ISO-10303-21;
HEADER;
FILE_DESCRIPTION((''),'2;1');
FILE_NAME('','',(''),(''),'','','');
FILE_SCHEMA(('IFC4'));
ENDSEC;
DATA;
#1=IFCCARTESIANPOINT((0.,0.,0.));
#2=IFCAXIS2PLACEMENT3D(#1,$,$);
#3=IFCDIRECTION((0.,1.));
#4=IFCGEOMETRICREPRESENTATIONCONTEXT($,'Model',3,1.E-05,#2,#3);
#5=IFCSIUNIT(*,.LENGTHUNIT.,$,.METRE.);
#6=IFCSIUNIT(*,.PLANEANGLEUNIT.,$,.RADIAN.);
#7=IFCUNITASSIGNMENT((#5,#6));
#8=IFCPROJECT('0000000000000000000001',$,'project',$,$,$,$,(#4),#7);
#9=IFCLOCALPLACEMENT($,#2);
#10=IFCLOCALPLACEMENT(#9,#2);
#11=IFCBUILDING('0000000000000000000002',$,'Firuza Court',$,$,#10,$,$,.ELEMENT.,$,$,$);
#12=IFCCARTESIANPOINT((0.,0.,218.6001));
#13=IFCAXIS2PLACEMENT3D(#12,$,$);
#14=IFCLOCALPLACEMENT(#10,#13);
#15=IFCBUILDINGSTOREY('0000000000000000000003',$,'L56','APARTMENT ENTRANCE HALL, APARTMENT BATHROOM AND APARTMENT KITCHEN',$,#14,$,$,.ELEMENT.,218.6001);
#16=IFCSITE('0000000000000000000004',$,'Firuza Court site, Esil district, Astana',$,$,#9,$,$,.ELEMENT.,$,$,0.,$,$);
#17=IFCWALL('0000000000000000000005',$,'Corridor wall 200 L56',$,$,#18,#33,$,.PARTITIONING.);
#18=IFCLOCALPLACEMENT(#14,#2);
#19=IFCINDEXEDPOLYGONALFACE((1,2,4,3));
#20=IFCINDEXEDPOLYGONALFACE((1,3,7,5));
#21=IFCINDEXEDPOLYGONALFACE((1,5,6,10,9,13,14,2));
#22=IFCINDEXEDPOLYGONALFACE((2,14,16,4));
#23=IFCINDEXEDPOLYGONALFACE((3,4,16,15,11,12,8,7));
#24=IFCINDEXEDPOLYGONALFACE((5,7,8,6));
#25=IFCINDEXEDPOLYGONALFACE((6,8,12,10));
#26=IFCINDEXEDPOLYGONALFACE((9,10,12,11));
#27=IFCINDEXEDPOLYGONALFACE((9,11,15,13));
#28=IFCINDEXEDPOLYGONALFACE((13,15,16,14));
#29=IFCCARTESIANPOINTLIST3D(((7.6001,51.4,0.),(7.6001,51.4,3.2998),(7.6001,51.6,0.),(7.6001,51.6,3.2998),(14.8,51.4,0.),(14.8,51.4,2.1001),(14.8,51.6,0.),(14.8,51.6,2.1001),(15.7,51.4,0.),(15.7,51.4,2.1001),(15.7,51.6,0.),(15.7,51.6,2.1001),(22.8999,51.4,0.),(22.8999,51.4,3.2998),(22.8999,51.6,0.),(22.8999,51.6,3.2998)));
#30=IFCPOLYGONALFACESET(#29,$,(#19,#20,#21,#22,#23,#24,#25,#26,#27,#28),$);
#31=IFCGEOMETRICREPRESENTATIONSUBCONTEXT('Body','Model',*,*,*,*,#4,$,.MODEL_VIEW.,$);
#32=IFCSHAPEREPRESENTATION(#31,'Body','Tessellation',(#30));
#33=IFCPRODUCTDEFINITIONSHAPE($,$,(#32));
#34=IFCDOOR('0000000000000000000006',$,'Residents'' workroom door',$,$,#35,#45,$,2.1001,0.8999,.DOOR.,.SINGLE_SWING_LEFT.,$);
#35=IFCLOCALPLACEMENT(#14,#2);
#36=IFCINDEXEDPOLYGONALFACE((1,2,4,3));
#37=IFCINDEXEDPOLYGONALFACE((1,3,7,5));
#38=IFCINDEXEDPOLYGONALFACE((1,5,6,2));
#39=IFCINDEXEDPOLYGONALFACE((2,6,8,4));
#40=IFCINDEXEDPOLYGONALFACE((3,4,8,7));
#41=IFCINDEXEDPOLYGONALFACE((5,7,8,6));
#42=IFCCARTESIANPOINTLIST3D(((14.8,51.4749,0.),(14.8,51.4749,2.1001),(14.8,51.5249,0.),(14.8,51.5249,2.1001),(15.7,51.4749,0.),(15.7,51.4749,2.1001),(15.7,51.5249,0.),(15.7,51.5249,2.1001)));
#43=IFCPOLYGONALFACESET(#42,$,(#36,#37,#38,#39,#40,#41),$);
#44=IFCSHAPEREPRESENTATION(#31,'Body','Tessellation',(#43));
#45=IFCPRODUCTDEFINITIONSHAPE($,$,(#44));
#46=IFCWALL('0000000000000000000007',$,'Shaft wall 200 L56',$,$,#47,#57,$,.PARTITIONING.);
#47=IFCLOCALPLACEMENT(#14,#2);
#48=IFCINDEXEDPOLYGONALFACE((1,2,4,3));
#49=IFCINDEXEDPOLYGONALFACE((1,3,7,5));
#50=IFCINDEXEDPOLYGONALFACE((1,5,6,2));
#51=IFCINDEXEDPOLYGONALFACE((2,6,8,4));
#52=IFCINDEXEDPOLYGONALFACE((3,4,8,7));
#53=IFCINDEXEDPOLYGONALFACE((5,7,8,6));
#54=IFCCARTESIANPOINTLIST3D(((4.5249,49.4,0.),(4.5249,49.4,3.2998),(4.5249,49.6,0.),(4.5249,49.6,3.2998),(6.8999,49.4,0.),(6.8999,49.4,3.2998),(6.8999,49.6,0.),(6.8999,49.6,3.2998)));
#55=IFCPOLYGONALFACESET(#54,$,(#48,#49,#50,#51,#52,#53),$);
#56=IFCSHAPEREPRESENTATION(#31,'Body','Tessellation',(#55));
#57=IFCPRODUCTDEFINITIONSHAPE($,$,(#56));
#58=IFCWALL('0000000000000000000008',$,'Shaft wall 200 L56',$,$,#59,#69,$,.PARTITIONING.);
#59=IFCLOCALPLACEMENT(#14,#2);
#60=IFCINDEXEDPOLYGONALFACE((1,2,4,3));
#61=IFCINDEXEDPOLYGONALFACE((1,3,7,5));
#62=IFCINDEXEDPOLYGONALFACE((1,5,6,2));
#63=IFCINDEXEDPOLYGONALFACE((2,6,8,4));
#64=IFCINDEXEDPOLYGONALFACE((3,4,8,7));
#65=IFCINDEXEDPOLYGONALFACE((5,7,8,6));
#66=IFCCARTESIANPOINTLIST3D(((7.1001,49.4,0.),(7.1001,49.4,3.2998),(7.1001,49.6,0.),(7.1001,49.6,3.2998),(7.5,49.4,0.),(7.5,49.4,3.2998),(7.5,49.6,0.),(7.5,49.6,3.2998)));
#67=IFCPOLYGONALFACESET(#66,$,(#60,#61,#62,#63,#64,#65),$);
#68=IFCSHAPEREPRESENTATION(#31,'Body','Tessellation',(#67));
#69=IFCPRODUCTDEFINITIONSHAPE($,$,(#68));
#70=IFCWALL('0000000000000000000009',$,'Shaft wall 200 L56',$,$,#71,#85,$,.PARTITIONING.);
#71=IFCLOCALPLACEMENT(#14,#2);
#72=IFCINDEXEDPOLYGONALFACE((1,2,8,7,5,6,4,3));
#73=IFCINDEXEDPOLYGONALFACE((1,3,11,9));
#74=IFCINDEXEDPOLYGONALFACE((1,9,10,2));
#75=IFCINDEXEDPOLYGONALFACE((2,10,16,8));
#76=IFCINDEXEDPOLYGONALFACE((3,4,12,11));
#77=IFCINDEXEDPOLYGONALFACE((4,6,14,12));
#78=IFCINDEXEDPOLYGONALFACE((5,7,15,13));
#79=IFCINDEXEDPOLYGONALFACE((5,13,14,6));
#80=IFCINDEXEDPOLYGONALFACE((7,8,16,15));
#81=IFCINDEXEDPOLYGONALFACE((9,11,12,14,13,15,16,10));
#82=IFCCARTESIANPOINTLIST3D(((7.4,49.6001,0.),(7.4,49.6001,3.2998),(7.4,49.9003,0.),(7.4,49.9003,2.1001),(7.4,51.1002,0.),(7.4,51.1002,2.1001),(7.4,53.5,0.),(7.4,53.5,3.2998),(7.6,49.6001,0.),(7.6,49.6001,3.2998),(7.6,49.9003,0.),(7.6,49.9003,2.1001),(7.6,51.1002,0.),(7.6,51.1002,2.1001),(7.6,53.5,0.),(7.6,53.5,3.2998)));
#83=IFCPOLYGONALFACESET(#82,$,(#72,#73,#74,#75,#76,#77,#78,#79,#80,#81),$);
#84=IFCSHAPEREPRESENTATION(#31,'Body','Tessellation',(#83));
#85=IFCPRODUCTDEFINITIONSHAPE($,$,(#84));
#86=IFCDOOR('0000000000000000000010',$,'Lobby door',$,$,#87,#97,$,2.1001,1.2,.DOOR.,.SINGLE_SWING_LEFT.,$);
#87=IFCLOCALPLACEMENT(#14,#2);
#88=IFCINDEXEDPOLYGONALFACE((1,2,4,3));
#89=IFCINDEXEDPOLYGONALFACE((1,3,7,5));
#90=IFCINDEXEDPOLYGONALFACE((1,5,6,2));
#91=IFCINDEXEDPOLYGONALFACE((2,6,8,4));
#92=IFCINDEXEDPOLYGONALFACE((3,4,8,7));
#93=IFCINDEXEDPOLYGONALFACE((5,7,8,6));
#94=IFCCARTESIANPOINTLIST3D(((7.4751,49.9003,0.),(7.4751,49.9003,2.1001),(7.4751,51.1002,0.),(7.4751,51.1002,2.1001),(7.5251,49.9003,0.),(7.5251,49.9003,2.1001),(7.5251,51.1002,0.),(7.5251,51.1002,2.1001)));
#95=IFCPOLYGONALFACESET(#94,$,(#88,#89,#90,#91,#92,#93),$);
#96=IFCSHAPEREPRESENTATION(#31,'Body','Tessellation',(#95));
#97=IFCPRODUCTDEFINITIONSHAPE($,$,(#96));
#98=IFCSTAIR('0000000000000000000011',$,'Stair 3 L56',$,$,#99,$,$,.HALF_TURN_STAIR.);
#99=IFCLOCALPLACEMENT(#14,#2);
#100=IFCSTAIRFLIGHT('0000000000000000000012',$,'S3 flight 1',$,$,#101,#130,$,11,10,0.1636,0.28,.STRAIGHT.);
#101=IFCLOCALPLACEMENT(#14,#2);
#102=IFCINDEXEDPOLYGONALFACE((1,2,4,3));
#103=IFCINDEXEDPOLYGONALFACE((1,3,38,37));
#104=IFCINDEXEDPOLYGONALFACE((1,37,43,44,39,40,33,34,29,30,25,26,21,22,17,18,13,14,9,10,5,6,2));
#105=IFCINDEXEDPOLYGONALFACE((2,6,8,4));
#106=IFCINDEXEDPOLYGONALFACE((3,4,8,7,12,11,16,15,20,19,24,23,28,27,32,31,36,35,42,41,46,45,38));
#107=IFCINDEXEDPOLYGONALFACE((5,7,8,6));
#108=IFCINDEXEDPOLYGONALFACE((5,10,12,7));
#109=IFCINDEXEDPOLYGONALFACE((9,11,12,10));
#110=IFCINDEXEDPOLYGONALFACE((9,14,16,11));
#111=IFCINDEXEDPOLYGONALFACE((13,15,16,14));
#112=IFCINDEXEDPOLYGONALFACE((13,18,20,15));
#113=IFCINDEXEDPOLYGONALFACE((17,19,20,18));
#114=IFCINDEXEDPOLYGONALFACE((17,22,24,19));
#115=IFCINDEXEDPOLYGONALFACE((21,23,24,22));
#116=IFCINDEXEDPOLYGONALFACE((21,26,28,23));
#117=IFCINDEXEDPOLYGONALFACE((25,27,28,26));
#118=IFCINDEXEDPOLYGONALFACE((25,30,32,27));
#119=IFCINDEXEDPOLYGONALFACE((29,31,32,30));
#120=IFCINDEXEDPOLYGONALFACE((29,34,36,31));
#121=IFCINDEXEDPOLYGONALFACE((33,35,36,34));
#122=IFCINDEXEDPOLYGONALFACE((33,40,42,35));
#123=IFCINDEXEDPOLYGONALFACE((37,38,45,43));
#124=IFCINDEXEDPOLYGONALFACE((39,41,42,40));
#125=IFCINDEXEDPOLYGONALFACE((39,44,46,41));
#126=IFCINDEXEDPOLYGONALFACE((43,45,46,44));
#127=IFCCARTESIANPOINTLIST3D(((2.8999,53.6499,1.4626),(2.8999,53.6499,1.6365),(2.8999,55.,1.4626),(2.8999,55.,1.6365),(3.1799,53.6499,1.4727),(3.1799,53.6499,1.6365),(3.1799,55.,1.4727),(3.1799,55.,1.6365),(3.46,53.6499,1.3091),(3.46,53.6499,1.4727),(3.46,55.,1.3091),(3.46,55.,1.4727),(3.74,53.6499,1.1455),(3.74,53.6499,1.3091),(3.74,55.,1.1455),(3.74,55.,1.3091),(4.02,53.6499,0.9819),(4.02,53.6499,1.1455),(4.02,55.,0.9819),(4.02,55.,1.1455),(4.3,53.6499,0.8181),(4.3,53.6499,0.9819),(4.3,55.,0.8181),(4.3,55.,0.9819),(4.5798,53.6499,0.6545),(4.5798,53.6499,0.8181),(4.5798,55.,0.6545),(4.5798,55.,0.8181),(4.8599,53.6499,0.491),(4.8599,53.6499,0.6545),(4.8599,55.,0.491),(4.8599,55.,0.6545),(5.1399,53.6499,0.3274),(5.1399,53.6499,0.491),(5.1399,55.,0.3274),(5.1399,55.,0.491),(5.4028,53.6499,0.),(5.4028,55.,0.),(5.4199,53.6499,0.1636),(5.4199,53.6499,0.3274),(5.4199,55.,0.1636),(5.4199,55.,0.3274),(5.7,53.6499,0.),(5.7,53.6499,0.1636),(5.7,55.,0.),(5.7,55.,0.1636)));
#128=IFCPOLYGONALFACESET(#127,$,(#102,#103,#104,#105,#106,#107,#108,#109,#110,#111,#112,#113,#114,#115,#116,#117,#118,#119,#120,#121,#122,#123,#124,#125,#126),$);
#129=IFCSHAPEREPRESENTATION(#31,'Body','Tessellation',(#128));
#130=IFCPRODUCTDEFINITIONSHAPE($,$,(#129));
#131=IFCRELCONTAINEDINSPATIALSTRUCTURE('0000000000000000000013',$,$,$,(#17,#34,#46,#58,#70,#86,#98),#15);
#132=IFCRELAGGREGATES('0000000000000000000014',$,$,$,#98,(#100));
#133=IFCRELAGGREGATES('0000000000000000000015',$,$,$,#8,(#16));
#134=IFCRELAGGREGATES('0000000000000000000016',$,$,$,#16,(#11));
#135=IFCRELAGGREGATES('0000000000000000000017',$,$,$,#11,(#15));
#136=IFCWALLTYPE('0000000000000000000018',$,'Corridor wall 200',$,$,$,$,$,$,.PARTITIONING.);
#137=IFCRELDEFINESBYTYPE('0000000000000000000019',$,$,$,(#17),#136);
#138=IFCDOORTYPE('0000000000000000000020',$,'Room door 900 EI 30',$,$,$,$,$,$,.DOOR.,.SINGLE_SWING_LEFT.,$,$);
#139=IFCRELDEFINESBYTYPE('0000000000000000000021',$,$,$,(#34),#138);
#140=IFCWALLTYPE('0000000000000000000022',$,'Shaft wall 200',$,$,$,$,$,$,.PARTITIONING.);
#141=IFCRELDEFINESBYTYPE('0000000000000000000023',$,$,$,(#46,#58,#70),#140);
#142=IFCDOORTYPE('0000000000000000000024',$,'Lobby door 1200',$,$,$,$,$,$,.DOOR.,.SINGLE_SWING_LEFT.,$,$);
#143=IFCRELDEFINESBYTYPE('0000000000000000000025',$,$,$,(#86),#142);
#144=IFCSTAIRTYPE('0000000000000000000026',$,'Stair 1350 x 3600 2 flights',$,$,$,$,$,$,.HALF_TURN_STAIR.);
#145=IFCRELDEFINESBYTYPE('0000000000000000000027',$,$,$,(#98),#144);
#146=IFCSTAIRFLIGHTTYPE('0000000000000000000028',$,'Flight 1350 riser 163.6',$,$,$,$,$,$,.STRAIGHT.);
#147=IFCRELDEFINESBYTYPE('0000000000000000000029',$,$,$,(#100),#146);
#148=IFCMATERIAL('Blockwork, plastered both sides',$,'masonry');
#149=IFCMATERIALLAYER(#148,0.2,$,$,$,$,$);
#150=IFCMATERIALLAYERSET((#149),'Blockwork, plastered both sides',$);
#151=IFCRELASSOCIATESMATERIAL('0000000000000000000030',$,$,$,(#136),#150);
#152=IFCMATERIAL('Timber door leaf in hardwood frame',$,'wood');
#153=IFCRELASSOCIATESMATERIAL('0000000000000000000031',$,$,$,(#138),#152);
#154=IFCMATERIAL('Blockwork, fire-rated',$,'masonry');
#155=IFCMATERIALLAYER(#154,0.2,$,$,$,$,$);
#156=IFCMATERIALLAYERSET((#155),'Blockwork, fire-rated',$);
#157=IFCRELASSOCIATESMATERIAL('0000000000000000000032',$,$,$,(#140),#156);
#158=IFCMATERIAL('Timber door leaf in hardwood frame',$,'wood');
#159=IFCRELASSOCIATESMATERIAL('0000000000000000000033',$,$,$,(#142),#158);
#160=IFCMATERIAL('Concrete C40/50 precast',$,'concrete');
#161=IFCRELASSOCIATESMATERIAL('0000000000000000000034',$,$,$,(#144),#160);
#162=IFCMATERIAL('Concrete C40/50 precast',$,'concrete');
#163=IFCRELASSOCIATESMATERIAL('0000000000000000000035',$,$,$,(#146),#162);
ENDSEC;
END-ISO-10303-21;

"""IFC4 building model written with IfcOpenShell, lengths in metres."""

from ifc_helpers import new_model, si_unit, direction, frame, frame_2d, origin, place, context, subcontext, project, spatial, polyline, rectangle, outline, extrude, material, layer, layer_set, type_object, element, fill, aggregate, save


model = new_model("IFC4")

# Units and contexts
model_context = context("Model", 3, precision=1e-05, world=origin(), true_north=direction((0.0, 1.0)))
body_context = subcontext(model_context, "Body", "Model", "MODEL_VIEW")
ifc_project = project(units=[si_unit("LENGTHUNIT", "METRE"), si_unit("PLANEANGLEUNIT", "RADIAN")], contexts=[model_context])

# Site, building, storey
site_placement = place(None, origin())
site = spatial("IfcSite", under=ifc_project, at=site_placement, Name="Firuza Court site, Esil district, Astana", CompositionType="ELEMENT", RefElevation=0.0)
building_placement = place(site_placement, origin())
building = spatial("IfcBuilding", under=site, at=building_placement, Name="Firuza Court", CompositionType="ELEMENT")
storey_placement = place(building_placement, frame((0.0, 0.0, 218.6001)))
storey = spatial("IfcBuildingStorey", under=building, at=storey_placement, Name="L56", Description="APARTMENT ENTRANCE HALL, APARTMENT BATHROOM AND APARTMENT KITCHEN", CompositionType="ELEMENT", Elevation=218.6001)

# Shared definitions
ifc_material_1 = material(Name="Blockwork, plastered both sides", Category="masonry")
ifc_layer_1 = layer(ifc_material_1, 0.2)
ifc_layer_set_1 = layer_set([ifc_layer_1], Name="Blockwork, plastered both sides")
wall_type_1 = type_object("IfcWallType", Name="Corridor wall 200", PredefinedType="PARTITIONING", material=ifc_layer_set_1)

# Wall, opening, door
wall_1_placement = place(storey_placement, frame((7.6001, 51.5, 0.0), z_axis=(0.0, 0.0, 1.0), x_axis=(1.0, 0.0, 0.0)))
wall_1 = element("IfcWall", 1, at=wall_1_placement, inside=storey, type_object=wall_type_1, Name="Corridor wall 200 L56", PredefinedType="PARTITIONING", context=body_context, shape_type="SweptSolid", body=[
    extrude(rectangle(XDim=15.2998, YDim=0.2, at=frame_2d((7.6499, 0.0))), origin(), (0.0, 0.0, 1.0), 3.2998),
])
opening_1_placement = place(wall_1_placement, frame((7.2, 0.0, 0.0)))
opening_1 = element("IfcOpeningElement", 2, at=opening_1_placement, cuts=wall_1, PredefinedType="OPENING", context=body_context, shape_type="SweptSolid", body=[
    extrude(rectangle(XDim=0.8999, YDim=2.1001, at=frame_2d((0.45, 1.05))), frame((0.0, 0.1118, 0.0), z_axis=(0.0, -1.0, 0.0), x_axis=(1.0, 0.0, 0.0)), (0.0, 0.0, 1.0), 0.2239),
])
ifc_material_2 = material(Name="Timber door leaf in hardwood frame", Category="wood")
door_type_1 = type_object("IfcDoorType", Name="Room door 900 EI 30", OperationType="SINGLE_SWING_LEFT", PredefinedType="DOOR", material=ifc_material_2)
door_1_placement = place(opening_1_placement, origin())
door_1 = element("IfcDoor", 3, at=door_1_placement, inside=storey, type_object=door_type_1, Name="Residents' workroom door", OperationType="SINGLE_SWING_LEFT", OverallHeight=2.1001, OverallWidth=0.8999, PredefinedType="DOOR", context=body_context, shape_type="SweptSolid", body=[
    extrude(rectangle(XDim=0.8999, YDim=2.1001, at=frame_2d((0.45, 1.05))), frame((0.0, 0.0249, 0.0), z_axis=(0.0, -1.0, 0.0), x_axis=(1.0, 0.0, 0.0)), (0.0, 0.0, 1.0), 0.05),
])
fill(opening_1, door_1)

# Walls
ifc_material_3 = material(Name="Blockwork, fire-rated", Category="masonry")
ifc_layer_2 = layer(ifc_material_3, 0.2)
ifc_layer_set_2 = layer_set([ifc_layer_2], Name="Blockwork, fire-rated")
wall_type_2 = type_object("IfcWallType", Name="Shaft wall 200", PredefinedType="PARTITIONING", material=ifc_layer_set_2)
wall_2_placement = place(storey_placement, frame((4.5249, 49.5, 0.0), z_axis=(0.0, 0.0, 1.0), x_axis=(1.0, 0.0, 0.0)))
element("IfcWall", 4, at=wall_2_placement, inside=storey, type_object=wall_type_2, Name="Shaft wall 200 L56", PredefinedType="PARTITIONING", context=body_context, shape_type="SweptSolid", body=[
    extrude(rectangle(XDim=2.375, YDim=0.2, at=frame_2d((1.1875, 0.0))), origin(), (0.0, 0.0, 1.0), 3.2998),
])
wall_3_placement = place(storey_placement, frame((7.1001, 49.5, 0.0), z_axis=(0.0, 0.0, 1.0), x_axis=(1.0, 0.0, 0.0)))
element("IfcWall", 5, at=wall_3_placement, inside=storey, type_object=wall_type_2, Name="Shaft wall 200 L56", PredefinedType="PARTITIONING", context=body_context, shape_type="SweptSolid", body=[
    extrude(rectangle(XDim=0.3999, YDim=0.2, at=frame_2d((0.2, 0.0))), origin(), (0.0, 0.0, 1.0), 3.2998),
])

# Wall, opening, door
wall_4_placement = place(storey_placement, frame((7.5, 49.6001, 0.0), z_axis=(0.0, 0.0, 1.0), x_axis=(0.0, 1.0, 0.0)))
wall_4 = element("IfcWall", 6, at=wall_4_placement, inside=storey, type_object=wall_type_2, Name="Shaft wall 200 L56", PredefinedType="PARTITIONING", context=body_context, shape_type="SweptSolid", body=[
    extrude(rectangle(XDim=3.8999, YDim=0.2, at=frame_2d((1.95, 0.0))), origin(), (0.0, 0.0, 1.0), 3.2998),
])
opening_2_placement = place(wall_4_placement, frame((0.3, 0.0, 0.0)))
opening_2 = element("IfcOpeningElement", 7, at=opening_2_placement, cuts=wall_4, PredefinedType="OPENING", context=body_context, shape_type="SweptSolid", body=[
    extrude(rectangle(XDim=1.2, YDim=2.1001, at=frame_2d((0.6001, 1.05))), frame((0.0, 0.1118, 0.0), z_axis=(0.0, -1.0, 0.0), x_axis=(1.0, 0.0, 0.0)), (0.0, 0.0, 1.0), 0.2239),
])
ifc_material_4 = material(Name="Timber door leaf in hardwood frame", Category="wood")
door_type_2 = type_object("IfcDoorType", Name="Lobby door 1200", OperationType="SINGLE_SWING_LEFT", PredefinedType="DOOR", material=ifc_material_4)
door_2_placement = place(opening_2_placement, origin())
door_2 = element("IfcDoor", 8, at=door_2_placement, inside=storey, type_object=door_type_2, Name="Lobby door", OperationType="SINGLE_SWING_LEFT", OverallHeight=2.1001, OverallWidth=1.2, PredefinedType="DOOR", context=body_context, shape_type="SweptSolid", body=[
    extrude(rectangle(XDim=1.2, YDim=2.1001, at=frame_2d((0.6001, 1.05))), frame((0.0, 0.0249, 0.0), z_axis=(0.0, -1.0, 0.0), x_axis=(1.0, 0.0, 0.0)), (0.0, 0.0, 1.0), 0.05),
])
fill(opening_2, door_2)

# Stair, stair flight
ifc_material_5 = material(Name="Concrete C40/50 precast", Category="concrete")
stair_type = type_object("IfcStairType", Name="Stair 1350 x 3600 2 flights", PredefinedType="HALF_TURN_STAIR", material=ifc_material_5)
stair_placement = place(storey_placement, origin())
stair = element("IfcStair", 9, at=stair_placement, inside=storey, type_object=stair_type, Name="Stair 3 L56", PredefinedType="HALF_TURN_STAIR")
ifc_material_6 = material(Name="Concrete C40/50 precast", Category="concrete")
stair_flight_type = type_object("IfcStairFlightType", Name="Flight 1350 riser 163.6", PredefinedType="STRAIGHT", material=ifc_material_6)
stair_flight_placement = place(storey_placement, frame((5.7, 54.325, 0.0), z_axis=(0.0, 0.0, 1.0), x_axis=(-1.0, 0.0, 0.0)))
stair_flight = element("IfcStairFlight", 10, at=stair_flight_placement, type_object=stair_flight_type, Name="S3 flight 1", NumberOfRisers=11, NumberOfTreads=10, PredefinedType="STRAIGHT", RiserHeight=0.1636, TreadLength=0.28, context=body_context, shape_type="SweptSolid", body=[
    extrude(outline(polyline([(0.0, 0.0), (0.0, 0.1636), (0.28, 0.1636), (0.28, 0.3274), (0.5601, 0.3274), (0.5601, 0.491), (0.8401, 0.491), (0.8401, 0.6545), (1.1201, 0.6545), (1.1201, 0.8181), (1.3999, 0.8181), (1.3999, 0.9819), (1.6799, 0.9819), (1.6799, 1.1455), (1.96, 1.1455), (1.96, 1.3091), (2.24, 1.3091), (2.24, 1.4727), (2.52, 1.4727), (2.52, 1.6365), (2.8, 1.6365), (2.8, 1.8), (2.8, 1.4626), (0.2971, 0.0), (0.0, 0.0)])), frame((0.0, 0.675, 0.0), z_axis=(0.0, -1.0, 0.0), x_axis=(1.0, 0.0, 0.0)), (0.0, 0.0, 1.0), 1.3501),
])
aggregate(stair, [stair_flight])

save(model, "model.ifc")
